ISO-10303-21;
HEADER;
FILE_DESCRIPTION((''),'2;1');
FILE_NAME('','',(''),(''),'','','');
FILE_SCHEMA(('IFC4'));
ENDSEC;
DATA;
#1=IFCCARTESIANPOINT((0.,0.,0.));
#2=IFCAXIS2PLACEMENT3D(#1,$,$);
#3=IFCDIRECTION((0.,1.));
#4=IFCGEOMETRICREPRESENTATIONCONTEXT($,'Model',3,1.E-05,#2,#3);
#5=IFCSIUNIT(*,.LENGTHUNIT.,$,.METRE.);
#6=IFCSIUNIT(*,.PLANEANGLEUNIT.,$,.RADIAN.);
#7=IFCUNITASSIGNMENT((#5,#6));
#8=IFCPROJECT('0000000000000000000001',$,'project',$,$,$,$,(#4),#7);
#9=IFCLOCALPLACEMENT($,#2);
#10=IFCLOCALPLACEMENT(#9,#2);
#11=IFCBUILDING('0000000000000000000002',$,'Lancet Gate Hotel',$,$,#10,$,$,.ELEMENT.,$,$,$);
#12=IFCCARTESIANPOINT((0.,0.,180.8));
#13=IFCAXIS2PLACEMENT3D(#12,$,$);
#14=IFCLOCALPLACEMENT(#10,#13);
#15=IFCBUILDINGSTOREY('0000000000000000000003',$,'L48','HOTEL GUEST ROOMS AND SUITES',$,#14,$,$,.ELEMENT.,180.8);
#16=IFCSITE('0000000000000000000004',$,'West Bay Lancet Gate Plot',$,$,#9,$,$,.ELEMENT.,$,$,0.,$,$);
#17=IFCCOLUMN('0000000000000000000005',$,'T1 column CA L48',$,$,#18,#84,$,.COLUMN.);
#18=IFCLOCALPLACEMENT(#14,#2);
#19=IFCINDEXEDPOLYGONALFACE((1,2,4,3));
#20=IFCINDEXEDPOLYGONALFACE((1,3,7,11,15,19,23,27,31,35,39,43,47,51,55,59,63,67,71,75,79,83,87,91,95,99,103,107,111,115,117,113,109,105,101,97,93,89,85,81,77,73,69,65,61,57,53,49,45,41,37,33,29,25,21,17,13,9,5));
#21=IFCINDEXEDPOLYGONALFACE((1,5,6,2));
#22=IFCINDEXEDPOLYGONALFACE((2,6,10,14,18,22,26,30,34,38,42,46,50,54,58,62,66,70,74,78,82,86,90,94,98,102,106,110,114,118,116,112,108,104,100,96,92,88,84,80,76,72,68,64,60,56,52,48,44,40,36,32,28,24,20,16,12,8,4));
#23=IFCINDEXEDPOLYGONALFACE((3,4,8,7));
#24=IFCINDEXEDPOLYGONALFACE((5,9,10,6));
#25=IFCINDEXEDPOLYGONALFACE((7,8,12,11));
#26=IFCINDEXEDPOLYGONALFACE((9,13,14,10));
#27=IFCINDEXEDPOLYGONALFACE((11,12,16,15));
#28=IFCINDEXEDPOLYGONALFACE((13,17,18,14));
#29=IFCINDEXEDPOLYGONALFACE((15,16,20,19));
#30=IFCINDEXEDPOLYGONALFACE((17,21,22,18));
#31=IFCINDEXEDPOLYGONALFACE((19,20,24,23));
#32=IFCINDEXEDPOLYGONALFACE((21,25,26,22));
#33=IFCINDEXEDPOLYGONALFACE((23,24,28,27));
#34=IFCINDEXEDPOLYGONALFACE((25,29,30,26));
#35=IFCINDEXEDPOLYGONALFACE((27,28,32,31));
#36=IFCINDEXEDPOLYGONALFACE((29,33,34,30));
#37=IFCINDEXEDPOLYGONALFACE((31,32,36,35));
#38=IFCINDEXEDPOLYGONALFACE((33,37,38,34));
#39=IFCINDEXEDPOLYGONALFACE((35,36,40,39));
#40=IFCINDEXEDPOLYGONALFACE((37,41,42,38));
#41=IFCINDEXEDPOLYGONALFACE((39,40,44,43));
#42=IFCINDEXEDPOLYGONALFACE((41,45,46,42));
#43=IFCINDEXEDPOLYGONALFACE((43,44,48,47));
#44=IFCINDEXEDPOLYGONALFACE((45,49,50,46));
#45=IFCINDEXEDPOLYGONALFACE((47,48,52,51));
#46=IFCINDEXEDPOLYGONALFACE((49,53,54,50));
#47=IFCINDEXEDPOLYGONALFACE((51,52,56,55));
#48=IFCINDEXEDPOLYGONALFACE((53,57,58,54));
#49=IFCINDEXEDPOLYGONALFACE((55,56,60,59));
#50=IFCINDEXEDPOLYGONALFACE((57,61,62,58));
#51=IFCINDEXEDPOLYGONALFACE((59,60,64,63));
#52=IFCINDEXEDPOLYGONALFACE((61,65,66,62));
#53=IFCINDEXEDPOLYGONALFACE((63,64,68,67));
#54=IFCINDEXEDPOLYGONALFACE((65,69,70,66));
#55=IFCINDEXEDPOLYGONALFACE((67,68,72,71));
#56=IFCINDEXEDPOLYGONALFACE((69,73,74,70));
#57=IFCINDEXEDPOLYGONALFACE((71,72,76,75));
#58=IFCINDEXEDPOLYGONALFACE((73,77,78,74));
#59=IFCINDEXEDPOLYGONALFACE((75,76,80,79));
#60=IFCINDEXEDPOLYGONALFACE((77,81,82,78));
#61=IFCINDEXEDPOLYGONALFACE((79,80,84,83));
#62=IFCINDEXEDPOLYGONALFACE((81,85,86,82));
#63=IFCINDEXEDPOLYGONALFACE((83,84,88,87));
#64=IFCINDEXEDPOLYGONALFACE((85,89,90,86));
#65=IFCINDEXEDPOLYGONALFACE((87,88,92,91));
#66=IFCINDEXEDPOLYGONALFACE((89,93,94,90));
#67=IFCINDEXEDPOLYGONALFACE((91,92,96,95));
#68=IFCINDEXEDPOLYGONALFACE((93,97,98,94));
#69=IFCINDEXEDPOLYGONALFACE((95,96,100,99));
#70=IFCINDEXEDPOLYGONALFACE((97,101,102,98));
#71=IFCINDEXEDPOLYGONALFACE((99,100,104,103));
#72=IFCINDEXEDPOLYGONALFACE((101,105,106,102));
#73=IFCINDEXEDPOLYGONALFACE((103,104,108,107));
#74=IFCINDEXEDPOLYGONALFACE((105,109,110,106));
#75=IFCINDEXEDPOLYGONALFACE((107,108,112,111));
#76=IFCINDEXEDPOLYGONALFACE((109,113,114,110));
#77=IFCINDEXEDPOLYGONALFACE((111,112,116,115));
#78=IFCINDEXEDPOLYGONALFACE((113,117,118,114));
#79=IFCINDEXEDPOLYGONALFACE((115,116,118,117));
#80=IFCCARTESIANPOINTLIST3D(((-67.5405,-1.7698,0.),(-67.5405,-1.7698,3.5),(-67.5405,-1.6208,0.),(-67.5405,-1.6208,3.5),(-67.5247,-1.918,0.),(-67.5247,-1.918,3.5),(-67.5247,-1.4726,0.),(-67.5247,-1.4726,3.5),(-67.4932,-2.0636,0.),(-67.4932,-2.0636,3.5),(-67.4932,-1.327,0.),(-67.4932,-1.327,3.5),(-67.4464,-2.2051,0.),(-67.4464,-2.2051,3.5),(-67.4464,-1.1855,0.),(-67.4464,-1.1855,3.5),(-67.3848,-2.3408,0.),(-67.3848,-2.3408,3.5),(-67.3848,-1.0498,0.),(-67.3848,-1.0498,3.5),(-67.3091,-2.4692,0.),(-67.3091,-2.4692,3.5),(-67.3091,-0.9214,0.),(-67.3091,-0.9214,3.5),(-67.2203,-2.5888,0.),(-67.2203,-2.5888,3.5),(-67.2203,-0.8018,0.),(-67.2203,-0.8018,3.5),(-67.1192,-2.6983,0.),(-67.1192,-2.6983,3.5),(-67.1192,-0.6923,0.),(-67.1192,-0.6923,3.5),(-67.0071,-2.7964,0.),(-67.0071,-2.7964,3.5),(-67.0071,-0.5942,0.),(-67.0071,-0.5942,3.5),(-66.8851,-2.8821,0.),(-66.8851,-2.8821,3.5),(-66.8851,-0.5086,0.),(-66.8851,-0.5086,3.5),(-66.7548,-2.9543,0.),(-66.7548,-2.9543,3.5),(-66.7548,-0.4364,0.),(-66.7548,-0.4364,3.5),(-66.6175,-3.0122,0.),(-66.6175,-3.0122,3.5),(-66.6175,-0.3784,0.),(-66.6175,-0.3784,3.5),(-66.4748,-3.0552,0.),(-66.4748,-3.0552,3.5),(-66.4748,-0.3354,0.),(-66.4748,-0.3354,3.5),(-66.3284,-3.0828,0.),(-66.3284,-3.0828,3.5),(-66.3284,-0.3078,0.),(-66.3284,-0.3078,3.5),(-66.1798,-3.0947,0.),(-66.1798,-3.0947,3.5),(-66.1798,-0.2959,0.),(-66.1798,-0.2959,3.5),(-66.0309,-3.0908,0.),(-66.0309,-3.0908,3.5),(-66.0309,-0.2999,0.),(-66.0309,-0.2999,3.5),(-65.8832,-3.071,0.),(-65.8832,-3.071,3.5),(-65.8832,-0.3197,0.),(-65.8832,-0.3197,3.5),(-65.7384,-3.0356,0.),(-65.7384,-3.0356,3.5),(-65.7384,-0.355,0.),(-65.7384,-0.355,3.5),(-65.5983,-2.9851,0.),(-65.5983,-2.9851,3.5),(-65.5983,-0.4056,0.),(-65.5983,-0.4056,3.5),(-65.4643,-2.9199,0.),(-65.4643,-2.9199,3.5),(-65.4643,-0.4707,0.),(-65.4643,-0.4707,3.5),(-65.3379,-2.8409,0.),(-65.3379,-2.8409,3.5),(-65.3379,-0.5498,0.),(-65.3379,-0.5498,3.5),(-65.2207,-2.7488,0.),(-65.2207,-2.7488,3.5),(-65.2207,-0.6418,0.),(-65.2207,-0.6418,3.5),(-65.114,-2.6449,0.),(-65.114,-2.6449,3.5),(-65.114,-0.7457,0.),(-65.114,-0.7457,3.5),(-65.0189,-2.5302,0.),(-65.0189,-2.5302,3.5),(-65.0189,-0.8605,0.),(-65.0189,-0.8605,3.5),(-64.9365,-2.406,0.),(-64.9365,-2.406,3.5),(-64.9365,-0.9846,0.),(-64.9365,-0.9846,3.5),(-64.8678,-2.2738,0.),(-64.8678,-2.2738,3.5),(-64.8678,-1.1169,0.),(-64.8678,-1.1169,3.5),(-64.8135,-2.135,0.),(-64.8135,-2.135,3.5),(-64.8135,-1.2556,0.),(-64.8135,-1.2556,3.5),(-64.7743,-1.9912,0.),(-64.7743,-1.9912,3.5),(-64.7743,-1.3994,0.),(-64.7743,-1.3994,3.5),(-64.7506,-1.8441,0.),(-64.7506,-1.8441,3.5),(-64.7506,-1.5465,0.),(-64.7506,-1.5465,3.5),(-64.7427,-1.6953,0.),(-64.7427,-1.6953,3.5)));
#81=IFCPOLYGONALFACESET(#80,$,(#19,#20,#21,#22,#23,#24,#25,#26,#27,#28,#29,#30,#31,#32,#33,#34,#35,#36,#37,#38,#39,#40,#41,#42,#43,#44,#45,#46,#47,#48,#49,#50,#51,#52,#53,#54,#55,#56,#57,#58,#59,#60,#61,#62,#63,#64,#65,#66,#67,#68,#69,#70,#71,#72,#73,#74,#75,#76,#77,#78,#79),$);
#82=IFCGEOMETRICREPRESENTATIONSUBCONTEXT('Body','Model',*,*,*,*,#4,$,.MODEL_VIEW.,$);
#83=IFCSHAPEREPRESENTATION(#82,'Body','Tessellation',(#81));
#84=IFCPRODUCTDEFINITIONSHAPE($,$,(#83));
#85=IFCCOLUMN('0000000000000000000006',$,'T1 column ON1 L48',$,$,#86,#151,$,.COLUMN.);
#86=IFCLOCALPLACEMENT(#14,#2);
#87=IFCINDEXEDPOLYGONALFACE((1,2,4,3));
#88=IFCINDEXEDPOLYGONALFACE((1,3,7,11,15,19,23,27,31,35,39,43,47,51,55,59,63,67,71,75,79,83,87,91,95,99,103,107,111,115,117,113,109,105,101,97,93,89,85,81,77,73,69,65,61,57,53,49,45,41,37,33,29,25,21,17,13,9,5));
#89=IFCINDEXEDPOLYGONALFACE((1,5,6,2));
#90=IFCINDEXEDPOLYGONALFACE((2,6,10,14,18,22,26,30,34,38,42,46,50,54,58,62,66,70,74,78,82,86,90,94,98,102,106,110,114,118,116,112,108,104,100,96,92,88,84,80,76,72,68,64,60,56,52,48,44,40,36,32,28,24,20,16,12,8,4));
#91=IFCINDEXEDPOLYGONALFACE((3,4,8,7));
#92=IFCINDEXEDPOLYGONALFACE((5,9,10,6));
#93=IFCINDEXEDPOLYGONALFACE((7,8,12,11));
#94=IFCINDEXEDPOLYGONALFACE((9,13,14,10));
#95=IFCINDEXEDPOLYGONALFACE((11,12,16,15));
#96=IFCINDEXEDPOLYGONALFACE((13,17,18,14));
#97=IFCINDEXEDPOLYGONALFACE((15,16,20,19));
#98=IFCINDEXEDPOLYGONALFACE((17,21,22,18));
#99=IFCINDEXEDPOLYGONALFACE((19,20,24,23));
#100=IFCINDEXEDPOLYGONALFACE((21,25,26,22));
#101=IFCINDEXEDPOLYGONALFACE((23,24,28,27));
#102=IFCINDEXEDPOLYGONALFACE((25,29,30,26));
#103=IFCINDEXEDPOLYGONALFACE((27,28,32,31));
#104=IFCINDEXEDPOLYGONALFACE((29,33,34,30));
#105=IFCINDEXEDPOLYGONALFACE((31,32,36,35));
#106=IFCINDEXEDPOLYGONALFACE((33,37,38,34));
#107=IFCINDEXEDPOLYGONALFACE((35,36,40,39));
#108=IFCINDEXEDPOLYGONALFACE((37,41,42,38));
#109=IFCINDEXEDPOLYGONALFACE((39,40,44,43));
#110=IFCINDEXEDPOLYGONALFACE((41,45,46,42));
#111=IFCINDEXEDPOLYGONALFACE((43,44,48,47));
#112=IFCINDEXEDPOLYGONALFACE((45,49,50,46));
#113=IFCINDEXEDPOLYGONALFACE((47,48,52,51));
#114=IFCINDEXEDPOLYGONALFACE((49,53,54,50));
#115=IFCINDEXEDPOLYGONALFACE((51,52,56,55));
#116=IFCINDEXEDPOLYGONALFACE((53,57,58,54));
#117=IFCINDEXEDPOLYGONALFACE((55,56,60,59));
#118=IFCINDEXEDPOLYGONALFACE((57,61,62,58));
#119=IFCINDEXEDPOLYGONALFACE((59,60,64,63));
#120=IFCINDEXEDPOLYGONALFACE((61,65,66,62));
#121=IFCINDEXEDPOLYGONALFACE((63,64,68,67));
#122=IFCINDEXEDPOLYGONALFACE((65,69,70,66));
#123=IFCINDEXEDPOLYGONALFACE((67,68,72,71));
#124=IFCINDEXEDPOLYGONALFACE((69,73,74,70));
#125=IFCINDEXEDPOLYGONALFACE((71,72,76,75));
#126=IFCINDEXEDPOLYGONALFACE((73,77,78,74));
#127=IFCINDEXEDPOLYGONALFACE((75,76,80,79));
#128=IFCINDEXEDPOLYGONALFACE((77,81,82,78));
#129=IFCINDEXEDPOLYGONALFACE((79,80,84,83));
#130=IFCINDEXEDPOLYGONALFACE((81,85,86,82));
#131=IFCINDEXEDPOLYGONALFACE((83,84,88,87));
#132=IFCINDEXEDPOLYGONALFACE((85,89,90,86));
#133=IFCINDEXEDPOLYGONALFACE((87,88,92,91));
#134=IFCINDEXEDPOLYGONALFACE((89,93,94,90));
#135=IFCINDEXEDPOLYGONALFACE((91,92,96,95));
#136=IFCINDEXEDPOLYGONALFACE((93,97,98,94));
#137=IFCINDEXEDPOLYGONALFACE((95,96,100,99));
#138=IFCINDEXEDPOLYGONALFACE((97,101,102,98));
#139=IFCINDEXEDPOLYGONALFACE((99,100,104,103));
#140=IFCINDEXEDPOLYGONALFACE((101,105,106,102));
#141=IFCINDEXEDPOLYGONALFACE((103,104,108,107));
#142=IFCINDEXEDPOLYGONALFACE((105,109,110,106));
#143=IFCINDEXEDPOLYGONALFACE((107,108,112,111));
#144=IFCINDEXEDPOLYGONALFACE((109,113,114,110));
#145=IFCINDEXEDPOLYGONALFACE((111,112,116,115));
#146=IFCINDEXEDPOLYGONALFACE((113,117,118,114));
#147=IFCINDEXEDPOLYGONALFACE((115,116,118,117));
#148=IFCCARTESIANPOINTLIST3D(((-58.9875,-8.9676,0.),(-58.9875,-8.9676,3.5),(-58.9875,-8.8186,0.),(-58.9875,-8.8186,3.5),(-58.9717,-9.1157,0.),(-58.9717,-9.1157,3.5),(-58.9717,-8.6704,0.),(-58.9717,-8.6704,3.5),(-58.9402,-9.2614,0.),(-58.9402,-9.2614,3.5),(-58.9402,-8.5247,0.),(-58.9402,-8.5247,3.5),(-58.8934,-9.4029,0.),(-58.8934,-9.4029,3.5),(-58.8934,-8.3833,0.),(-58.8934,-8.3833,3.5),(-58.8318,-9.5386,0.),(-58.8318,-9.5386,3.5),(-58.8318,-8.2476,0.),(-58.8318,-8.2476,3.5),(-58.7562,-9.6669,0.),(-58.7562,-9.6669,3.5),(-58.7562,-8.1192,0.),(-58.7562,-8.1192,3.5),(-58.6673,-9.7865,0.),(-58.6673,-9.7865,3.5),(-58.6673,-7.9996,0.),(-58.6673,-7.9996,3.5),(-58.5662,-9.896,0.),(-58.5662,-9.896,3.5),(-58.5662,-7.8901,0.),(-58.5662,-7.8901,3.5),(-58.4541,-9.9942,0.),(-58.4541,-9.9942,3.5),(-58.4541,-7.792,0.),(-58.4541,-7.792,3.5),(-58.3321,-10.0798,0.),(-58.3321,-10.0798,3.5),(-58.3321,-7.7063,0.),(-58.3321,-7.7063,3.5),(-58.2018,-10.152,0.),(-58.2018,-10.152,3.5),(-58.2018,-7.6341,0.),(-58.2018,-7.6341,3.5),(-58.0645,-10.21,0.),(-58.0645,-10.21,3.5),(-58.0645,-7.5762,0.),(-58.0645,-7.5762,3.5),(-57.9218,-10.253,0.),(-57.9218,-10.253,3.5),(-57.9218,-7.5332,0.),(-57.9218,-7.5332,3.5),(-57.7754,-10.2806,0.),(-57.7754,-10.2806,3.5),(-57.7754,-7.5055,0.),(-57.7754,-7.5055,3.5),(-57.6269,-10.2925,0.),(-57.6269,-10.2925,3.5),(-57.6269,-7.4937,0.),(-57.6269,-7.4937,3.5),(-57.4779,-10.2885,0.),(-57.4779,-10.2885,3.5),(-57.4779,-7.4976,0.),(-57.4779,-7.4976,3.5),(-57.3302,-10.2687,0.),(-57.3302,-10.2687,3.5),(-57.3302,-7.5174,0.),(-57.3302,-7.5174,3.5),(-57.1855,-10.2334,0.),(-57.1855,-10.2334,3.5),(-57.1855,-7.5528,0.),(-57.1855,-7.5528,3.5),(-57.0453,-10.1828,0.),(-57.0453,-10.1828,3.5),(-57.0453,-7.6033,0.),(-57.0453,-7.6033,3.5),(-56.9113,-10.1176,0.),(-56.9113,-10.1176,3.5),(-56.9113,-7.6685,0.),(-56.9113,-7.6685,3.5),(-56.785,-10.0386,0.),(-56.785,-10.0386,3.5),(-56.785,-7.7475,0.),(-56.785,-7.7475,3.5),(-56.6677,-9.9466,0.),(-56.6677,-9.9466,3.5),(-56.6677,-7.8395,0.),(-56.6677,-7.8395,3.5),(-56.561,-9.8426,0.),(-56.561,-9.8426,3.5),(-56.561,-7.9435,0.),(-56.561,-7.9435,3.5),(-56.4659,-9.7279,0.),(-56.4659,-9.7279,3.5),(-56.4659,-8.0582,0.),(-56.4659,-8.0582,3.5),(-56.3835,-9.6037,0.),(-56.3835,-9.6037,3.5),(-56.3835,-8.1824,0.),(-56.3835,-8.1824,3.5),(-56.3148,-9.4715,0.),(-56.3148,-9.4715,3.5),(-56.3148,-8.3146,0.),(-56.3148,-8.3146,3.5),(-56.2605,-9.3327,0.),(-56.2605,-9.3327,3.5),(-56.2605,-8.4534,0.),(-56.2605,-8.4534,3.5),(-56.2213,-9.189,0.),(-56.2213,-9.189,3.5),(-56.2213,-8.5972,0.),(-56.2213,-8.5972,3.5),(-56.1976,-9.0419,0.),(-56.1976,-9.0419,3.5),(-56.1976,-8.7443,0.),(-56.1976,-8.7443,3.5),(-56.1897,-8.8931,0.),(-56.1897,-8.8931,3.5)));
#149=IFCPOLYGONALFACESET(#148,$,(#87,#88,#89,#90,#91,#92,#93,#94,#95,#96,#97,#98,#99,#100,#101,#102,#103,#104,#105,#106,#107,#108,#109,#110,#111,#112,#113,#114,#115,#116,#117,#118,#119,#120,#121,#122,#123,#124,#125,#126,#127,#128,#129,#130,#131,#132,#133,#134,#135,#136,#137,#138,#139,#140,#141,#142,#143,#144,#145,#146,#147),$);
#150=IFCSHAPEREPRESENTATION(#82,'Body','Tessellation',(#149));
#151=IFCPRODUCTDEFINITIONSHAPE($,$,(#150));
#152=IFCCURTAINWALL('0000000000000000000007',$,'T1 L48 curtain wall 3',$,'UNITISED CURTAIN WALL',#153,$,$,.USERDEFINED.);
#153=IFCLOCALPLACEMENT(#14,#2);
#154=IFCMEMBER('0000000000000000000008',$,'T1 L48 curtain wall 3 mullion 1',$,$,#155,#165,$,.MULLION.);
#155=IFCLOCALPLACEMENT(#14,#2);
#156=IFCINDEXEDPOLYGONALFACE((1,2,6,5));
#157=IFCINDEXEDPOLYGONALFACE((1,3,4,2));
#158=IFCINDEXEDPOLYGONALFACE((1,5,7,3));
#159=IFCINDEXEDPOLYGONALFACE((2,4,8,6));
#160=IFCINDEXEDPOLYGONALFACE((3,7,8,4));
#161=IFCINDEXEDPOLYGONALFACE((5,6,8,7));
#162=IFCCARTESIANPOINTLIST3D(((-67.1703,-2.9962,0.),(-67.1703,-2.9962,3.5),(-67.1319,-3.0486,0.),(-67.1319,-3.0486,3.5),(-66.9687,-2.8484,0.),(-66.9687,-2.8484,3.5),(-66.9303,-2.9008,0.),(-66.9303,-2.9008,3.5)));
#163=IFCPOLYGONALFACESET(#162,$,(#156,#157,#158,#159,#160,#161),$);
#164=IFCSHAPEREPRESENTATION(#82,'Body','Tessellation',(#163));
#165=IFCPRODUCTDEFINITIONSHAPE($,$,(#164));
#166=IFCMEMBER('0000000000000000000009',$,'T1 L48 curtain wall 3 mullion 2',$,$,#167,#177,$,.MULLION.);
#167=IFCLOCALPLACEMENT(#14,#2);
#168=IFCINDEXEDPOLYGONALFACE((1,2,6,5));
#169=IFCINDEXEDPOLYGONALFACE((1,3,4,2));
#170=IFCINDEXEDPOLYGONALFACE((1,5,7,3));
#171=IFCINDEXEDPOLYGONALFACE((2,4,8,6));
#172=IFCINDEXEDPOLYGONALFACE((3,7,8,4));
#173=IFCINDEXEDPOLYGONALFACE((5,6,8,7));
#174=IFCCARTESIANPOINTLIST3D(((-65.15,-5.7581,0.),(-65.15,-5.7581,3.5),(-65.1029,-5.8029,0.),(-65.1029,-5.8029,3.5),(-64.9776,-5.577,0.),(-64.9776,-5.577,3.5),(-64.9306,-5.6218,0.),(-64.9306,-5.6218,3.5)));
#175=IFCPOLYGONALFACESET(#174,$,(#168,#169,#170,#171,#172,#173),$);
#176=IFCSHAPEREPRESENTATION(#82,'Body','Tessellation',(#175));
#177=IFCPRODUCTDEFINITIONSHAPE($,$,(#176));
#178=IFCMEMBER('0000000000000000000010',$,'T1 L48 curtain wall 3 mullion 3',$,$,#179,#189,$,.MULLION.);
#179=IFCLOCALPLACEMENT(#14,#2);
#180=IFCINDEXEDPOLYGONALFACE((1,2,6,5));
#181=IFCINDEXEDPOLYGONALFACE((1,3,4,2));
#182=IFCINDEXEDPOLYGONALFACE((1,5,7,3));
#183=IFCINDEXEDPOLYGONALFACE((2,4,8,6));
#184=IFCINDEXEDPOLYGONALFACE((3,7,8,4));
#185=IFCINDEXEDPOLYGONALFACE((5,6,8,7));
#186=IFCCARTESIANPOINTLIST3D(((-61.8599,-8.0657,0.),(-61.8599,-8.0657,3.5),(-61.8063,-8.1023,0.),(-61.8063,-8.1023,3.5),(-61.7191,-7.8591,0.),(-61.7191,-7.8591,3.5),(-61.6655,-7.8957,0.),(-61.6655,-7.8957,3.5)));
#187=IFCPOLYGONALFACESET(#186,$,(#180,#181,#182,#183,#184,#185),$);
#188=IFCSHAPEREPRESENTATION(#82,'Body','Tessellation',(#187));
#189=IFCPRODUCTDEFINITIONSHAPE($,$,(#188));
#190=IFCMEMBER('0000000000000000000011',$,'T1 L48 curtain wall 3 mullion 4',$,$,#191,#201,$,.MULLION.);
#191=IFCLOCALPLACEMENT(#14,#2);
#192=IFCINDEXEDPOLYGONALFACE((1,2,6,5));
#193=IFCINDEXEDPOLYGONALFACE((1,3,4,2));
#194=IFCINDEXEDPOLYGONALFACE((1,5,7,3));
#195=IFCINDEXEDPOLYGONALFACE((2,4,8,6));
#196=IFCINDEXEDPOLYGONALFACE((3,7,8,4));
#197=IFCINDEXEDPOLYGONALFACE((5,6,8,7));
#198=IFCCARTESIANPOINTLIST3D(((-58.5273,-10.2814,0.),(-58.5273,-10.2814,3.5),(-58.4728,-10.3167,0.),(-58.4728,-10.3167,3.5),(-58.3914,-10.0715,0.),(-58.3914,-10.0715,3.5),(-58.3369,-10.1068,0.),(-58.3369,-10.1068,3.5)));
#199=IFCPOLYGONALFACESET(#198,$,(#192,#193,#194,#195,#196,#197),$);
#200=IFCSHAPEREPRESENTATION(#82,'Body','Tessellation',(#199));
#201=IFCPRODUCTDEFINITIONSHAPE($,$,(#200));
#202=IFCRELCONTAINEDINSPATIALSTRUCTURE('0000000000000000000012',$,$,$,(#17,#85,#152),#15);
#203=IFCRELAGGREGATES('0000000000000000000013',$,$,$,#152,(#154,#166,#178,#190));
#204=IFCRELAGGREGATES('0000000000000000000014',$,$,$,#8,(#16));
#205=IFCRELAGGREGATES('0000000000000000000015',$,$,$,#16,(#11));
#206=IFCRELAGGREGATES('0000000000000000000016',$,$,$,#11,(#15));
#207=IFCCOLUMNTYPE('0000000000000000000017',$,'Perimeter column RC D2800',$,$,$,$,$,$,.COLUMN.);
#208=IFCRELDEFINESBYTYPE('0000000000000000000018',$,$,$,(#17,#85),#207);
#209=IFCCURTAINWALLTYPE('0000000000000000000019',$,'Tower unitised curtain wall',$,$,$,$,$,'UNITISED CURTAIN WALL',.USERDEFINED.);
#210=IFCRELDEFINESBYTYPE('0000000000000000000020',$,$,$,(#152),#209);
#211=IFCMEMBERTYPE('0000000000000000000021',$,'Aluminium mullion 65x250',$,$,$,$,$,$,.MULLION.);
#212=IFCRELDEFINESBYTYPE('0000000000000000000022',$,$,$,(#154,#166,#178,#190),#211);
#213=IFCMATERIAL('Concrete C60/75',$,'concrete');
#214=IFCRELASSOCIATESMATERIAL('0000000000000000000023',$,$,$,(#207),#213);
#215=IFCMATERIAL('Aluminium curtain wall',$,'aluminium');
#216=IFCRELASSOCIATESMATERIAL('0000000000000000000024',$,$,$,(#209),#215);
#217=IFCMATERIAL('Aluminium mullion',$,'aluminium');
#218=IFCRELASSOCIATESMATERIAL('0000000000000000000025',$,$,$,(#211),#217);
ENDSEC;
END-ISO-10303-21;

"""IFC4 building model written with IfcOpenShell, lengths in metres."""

from ifc_helpers import new_model, si_unit, direction, frame, origin, origin_2d, place, context, subcontext, project, spatial, rectangle, circle, extrude, material, material_profile, profile_set, type_object, element, aggregate, save


model = new_model("IFC4")

# Units and contexts
model_context = context("Model", 3, precision=1e-05, world=origin(), true_north=direction((0.0, 1.0)))
body_context = subcontext(model_context, "Body", "Model", "MODEL_VIEW")
ifc_project = project(units=[si_unit("LENGTHUNIT", "METRE"), si_unit("PLANEANGLEUNIT", "RADIAN")], contexts=[model_context])

# Site, building, storey
site_placement = place(None, origin())
site = spatial("IfcSite", under=ifc_project, at=site_placement, Name="West Bay Lancet Gate Plot", CompositionType="ELEMENT", RefElevation=0.0)
building_placement = place(site_placement, origin())
building = spatial("IfcBuilding", under=site, at=building_placement, Name="Lancet Gate Hotel", CompositionType="ELEMENT")
storey_placement = place(building_placement, frame((0.0, 0.0, 180.8)))
storey = spatial("IfcBuildingStorey", under=building, at=storey_placement, Name="L48", Description="HOTEL GUEST ROOMS AND SUITES", CompositionType="ELEMENT", Elevation=180.8)

# Columns
ifc_material_1 = material(Name="Concrete C60/75", Category="concrete")
ifc_material_profile_1 = material_profile(ifc_material_1, circle(Radius=1.3999, at=origin_2d()), Name="RC D2800")
ifc_profile_set_1 = profile_set([ifc_material_profile_1], Name="Concrete C60/75")
column_type = type_object("IfcColumnType", Name="Perimeter column RC D2800", PredefinedType="COLUMN", material=ifc_profile_set_1)
for number, where, z_axis, x_axis, name in (
    (1, (-66.1426, -1.6953, 0.0), (0.0, 0.0, 1.0), (1.0, 0.0, 0.0), "T1 column CA L48"),
    (2, (-57.5896, -8.8931, 0.0), (0.0, 0.0, 1.0), (1.0, 0.0, 0.0), "T1 column ON1 L48"),
):
    element("IfcColumn", number, at=place(storey_placement, frame(where, z_axis=z_axis, x_axis=x_axis)), inside=storey, type_object=column_type, Name=name, PredefinedType="COLUMN", context=body_context, shape_type="SweptSolid", body=[
        extrude(circle(Radius=1.3999, at=origin_2d()), origin(), (0.0, 0.0, 1.0), 3.5),
    ])

# Curtain wall, members
ifc_material_2 = material(Name="Aluminium curtain wall", Category="aluminium")
curtain_wall_type = type_object("IfcCurtainWallType", Name="Tower unitised curtain wall", ElementType="UNITISED CURTAIN WALL", PredefinedType="USERDEFINED", material=ifc_material_2)
curtain_wall_placement = place(storey_placement, origin())
curtain_wall = element("IfcCurtainWall", 3, at=curtain_wall_placement, inside=storey, type_object=curtain_wall_type, Name="T1 L48 curtain wall 3", ObjectType="UNITISED CURTAIN WALL", PredefinedType="USERDEFINED")
ifc_material_3 = material(Name="Aluminium mullion", Category="aluminium")
ifc_material_profile_2 = material_profile(ifc_material_3, rectangle(XDim=0.0649, YDim=0.25, at=origin_2d()), Name="MULLION 65x250")
ifc_profile_set_2 = profile_set([ifc_material_profile_2], Name="Aluminium mullion")
member_type_1 = type_object("IfcMemberType", Name="Aluminium mullion 65x250", PredefinedType="MULLION", material=ifc_profile_set_2)
member_1_placement = place(storey_placement, frame((-67.0503, -2.9485, 0.0), z_axis=(0.0, 0.0, 1.0), x_axis=(0.5913, -0.806452, 0.0)))
member_1 = element("IfcMember", 4, at=member_1_placement, type_object=member_type_1, Name="T1 L48 curtain wall 3 mullion 1", PredefinedType="MULLION", context=body_context, shape_type="SweptSolid", body=[
    extrude(rectangle(XDim=0.0649, YDim=0.25, at=origin_2d()), origin(), (0.0, 0.0, 1.0), 3.5),
])
member_2_placement = place(storey_placement, frame((-65.0403, -5.6899, 0.0), z_axis=(0.0, 0.0, 1.0), x_axis=(0.724382, -0.689399, 0.0)))
member_2 = element("IfcMember", 5, at=member_2_placement, type_object=member_type_1, Name="T1 L48 curtain wall 3 mullion 2", PredefinedType="MULLION", context=body_context, shape_type="SweptSolid", body=[
    extrude(rectangle(XDim=0.0649, YDim=0.25, at=origin_2d()), origin(), (0.0, 0.0, 1.0), 3.5),
])
member_3_placement = place(storey_placement, frame((-61.7627, -7.9807, 0.0), z_axis=(0.0, 0.0, 1.0), x_axis=(0.826312, -0.563212, 0.0)))
member_3 = element("IfcMember", 6, at=member_3_placement, type_object=member_type_1, Name="T1 L48 curtain wall 3 mullion 3", PredefinedType="MULLION", context=body_context, shape_type="SweptSolid", body=[
    extrude(rectangle(XDim=0.0649, YDim=0.25, at=origin_2d()), origin(), (0.0, 0.0, 1.0), 3.5),
])
member_4_placement = place(storey_placement, frame((-58.4321, -10.1941, 0.0), z_axis=(0.0, 0.0, 1.0), x_axis=(0.839331, -0.543621, 0.0)))
member_4 = element("IfcMember", 7, at=member_4_placement, type_object=member_type_1, Name="T1 L48 curtain wall 3 mullion 4", PredefinedType="MULLION", context=body_context, shape_type="SweptSolid", body=[
    extrude(rectangle(XDim=0.0649, YDim=0.25, at=origin_2d()), origin(), (0.0, 0.0, 1.0), 3.5),
])

aggregate(curtain_wall, [member_1, member_2, member_3, member_4])

save(model, "model.ifc")
